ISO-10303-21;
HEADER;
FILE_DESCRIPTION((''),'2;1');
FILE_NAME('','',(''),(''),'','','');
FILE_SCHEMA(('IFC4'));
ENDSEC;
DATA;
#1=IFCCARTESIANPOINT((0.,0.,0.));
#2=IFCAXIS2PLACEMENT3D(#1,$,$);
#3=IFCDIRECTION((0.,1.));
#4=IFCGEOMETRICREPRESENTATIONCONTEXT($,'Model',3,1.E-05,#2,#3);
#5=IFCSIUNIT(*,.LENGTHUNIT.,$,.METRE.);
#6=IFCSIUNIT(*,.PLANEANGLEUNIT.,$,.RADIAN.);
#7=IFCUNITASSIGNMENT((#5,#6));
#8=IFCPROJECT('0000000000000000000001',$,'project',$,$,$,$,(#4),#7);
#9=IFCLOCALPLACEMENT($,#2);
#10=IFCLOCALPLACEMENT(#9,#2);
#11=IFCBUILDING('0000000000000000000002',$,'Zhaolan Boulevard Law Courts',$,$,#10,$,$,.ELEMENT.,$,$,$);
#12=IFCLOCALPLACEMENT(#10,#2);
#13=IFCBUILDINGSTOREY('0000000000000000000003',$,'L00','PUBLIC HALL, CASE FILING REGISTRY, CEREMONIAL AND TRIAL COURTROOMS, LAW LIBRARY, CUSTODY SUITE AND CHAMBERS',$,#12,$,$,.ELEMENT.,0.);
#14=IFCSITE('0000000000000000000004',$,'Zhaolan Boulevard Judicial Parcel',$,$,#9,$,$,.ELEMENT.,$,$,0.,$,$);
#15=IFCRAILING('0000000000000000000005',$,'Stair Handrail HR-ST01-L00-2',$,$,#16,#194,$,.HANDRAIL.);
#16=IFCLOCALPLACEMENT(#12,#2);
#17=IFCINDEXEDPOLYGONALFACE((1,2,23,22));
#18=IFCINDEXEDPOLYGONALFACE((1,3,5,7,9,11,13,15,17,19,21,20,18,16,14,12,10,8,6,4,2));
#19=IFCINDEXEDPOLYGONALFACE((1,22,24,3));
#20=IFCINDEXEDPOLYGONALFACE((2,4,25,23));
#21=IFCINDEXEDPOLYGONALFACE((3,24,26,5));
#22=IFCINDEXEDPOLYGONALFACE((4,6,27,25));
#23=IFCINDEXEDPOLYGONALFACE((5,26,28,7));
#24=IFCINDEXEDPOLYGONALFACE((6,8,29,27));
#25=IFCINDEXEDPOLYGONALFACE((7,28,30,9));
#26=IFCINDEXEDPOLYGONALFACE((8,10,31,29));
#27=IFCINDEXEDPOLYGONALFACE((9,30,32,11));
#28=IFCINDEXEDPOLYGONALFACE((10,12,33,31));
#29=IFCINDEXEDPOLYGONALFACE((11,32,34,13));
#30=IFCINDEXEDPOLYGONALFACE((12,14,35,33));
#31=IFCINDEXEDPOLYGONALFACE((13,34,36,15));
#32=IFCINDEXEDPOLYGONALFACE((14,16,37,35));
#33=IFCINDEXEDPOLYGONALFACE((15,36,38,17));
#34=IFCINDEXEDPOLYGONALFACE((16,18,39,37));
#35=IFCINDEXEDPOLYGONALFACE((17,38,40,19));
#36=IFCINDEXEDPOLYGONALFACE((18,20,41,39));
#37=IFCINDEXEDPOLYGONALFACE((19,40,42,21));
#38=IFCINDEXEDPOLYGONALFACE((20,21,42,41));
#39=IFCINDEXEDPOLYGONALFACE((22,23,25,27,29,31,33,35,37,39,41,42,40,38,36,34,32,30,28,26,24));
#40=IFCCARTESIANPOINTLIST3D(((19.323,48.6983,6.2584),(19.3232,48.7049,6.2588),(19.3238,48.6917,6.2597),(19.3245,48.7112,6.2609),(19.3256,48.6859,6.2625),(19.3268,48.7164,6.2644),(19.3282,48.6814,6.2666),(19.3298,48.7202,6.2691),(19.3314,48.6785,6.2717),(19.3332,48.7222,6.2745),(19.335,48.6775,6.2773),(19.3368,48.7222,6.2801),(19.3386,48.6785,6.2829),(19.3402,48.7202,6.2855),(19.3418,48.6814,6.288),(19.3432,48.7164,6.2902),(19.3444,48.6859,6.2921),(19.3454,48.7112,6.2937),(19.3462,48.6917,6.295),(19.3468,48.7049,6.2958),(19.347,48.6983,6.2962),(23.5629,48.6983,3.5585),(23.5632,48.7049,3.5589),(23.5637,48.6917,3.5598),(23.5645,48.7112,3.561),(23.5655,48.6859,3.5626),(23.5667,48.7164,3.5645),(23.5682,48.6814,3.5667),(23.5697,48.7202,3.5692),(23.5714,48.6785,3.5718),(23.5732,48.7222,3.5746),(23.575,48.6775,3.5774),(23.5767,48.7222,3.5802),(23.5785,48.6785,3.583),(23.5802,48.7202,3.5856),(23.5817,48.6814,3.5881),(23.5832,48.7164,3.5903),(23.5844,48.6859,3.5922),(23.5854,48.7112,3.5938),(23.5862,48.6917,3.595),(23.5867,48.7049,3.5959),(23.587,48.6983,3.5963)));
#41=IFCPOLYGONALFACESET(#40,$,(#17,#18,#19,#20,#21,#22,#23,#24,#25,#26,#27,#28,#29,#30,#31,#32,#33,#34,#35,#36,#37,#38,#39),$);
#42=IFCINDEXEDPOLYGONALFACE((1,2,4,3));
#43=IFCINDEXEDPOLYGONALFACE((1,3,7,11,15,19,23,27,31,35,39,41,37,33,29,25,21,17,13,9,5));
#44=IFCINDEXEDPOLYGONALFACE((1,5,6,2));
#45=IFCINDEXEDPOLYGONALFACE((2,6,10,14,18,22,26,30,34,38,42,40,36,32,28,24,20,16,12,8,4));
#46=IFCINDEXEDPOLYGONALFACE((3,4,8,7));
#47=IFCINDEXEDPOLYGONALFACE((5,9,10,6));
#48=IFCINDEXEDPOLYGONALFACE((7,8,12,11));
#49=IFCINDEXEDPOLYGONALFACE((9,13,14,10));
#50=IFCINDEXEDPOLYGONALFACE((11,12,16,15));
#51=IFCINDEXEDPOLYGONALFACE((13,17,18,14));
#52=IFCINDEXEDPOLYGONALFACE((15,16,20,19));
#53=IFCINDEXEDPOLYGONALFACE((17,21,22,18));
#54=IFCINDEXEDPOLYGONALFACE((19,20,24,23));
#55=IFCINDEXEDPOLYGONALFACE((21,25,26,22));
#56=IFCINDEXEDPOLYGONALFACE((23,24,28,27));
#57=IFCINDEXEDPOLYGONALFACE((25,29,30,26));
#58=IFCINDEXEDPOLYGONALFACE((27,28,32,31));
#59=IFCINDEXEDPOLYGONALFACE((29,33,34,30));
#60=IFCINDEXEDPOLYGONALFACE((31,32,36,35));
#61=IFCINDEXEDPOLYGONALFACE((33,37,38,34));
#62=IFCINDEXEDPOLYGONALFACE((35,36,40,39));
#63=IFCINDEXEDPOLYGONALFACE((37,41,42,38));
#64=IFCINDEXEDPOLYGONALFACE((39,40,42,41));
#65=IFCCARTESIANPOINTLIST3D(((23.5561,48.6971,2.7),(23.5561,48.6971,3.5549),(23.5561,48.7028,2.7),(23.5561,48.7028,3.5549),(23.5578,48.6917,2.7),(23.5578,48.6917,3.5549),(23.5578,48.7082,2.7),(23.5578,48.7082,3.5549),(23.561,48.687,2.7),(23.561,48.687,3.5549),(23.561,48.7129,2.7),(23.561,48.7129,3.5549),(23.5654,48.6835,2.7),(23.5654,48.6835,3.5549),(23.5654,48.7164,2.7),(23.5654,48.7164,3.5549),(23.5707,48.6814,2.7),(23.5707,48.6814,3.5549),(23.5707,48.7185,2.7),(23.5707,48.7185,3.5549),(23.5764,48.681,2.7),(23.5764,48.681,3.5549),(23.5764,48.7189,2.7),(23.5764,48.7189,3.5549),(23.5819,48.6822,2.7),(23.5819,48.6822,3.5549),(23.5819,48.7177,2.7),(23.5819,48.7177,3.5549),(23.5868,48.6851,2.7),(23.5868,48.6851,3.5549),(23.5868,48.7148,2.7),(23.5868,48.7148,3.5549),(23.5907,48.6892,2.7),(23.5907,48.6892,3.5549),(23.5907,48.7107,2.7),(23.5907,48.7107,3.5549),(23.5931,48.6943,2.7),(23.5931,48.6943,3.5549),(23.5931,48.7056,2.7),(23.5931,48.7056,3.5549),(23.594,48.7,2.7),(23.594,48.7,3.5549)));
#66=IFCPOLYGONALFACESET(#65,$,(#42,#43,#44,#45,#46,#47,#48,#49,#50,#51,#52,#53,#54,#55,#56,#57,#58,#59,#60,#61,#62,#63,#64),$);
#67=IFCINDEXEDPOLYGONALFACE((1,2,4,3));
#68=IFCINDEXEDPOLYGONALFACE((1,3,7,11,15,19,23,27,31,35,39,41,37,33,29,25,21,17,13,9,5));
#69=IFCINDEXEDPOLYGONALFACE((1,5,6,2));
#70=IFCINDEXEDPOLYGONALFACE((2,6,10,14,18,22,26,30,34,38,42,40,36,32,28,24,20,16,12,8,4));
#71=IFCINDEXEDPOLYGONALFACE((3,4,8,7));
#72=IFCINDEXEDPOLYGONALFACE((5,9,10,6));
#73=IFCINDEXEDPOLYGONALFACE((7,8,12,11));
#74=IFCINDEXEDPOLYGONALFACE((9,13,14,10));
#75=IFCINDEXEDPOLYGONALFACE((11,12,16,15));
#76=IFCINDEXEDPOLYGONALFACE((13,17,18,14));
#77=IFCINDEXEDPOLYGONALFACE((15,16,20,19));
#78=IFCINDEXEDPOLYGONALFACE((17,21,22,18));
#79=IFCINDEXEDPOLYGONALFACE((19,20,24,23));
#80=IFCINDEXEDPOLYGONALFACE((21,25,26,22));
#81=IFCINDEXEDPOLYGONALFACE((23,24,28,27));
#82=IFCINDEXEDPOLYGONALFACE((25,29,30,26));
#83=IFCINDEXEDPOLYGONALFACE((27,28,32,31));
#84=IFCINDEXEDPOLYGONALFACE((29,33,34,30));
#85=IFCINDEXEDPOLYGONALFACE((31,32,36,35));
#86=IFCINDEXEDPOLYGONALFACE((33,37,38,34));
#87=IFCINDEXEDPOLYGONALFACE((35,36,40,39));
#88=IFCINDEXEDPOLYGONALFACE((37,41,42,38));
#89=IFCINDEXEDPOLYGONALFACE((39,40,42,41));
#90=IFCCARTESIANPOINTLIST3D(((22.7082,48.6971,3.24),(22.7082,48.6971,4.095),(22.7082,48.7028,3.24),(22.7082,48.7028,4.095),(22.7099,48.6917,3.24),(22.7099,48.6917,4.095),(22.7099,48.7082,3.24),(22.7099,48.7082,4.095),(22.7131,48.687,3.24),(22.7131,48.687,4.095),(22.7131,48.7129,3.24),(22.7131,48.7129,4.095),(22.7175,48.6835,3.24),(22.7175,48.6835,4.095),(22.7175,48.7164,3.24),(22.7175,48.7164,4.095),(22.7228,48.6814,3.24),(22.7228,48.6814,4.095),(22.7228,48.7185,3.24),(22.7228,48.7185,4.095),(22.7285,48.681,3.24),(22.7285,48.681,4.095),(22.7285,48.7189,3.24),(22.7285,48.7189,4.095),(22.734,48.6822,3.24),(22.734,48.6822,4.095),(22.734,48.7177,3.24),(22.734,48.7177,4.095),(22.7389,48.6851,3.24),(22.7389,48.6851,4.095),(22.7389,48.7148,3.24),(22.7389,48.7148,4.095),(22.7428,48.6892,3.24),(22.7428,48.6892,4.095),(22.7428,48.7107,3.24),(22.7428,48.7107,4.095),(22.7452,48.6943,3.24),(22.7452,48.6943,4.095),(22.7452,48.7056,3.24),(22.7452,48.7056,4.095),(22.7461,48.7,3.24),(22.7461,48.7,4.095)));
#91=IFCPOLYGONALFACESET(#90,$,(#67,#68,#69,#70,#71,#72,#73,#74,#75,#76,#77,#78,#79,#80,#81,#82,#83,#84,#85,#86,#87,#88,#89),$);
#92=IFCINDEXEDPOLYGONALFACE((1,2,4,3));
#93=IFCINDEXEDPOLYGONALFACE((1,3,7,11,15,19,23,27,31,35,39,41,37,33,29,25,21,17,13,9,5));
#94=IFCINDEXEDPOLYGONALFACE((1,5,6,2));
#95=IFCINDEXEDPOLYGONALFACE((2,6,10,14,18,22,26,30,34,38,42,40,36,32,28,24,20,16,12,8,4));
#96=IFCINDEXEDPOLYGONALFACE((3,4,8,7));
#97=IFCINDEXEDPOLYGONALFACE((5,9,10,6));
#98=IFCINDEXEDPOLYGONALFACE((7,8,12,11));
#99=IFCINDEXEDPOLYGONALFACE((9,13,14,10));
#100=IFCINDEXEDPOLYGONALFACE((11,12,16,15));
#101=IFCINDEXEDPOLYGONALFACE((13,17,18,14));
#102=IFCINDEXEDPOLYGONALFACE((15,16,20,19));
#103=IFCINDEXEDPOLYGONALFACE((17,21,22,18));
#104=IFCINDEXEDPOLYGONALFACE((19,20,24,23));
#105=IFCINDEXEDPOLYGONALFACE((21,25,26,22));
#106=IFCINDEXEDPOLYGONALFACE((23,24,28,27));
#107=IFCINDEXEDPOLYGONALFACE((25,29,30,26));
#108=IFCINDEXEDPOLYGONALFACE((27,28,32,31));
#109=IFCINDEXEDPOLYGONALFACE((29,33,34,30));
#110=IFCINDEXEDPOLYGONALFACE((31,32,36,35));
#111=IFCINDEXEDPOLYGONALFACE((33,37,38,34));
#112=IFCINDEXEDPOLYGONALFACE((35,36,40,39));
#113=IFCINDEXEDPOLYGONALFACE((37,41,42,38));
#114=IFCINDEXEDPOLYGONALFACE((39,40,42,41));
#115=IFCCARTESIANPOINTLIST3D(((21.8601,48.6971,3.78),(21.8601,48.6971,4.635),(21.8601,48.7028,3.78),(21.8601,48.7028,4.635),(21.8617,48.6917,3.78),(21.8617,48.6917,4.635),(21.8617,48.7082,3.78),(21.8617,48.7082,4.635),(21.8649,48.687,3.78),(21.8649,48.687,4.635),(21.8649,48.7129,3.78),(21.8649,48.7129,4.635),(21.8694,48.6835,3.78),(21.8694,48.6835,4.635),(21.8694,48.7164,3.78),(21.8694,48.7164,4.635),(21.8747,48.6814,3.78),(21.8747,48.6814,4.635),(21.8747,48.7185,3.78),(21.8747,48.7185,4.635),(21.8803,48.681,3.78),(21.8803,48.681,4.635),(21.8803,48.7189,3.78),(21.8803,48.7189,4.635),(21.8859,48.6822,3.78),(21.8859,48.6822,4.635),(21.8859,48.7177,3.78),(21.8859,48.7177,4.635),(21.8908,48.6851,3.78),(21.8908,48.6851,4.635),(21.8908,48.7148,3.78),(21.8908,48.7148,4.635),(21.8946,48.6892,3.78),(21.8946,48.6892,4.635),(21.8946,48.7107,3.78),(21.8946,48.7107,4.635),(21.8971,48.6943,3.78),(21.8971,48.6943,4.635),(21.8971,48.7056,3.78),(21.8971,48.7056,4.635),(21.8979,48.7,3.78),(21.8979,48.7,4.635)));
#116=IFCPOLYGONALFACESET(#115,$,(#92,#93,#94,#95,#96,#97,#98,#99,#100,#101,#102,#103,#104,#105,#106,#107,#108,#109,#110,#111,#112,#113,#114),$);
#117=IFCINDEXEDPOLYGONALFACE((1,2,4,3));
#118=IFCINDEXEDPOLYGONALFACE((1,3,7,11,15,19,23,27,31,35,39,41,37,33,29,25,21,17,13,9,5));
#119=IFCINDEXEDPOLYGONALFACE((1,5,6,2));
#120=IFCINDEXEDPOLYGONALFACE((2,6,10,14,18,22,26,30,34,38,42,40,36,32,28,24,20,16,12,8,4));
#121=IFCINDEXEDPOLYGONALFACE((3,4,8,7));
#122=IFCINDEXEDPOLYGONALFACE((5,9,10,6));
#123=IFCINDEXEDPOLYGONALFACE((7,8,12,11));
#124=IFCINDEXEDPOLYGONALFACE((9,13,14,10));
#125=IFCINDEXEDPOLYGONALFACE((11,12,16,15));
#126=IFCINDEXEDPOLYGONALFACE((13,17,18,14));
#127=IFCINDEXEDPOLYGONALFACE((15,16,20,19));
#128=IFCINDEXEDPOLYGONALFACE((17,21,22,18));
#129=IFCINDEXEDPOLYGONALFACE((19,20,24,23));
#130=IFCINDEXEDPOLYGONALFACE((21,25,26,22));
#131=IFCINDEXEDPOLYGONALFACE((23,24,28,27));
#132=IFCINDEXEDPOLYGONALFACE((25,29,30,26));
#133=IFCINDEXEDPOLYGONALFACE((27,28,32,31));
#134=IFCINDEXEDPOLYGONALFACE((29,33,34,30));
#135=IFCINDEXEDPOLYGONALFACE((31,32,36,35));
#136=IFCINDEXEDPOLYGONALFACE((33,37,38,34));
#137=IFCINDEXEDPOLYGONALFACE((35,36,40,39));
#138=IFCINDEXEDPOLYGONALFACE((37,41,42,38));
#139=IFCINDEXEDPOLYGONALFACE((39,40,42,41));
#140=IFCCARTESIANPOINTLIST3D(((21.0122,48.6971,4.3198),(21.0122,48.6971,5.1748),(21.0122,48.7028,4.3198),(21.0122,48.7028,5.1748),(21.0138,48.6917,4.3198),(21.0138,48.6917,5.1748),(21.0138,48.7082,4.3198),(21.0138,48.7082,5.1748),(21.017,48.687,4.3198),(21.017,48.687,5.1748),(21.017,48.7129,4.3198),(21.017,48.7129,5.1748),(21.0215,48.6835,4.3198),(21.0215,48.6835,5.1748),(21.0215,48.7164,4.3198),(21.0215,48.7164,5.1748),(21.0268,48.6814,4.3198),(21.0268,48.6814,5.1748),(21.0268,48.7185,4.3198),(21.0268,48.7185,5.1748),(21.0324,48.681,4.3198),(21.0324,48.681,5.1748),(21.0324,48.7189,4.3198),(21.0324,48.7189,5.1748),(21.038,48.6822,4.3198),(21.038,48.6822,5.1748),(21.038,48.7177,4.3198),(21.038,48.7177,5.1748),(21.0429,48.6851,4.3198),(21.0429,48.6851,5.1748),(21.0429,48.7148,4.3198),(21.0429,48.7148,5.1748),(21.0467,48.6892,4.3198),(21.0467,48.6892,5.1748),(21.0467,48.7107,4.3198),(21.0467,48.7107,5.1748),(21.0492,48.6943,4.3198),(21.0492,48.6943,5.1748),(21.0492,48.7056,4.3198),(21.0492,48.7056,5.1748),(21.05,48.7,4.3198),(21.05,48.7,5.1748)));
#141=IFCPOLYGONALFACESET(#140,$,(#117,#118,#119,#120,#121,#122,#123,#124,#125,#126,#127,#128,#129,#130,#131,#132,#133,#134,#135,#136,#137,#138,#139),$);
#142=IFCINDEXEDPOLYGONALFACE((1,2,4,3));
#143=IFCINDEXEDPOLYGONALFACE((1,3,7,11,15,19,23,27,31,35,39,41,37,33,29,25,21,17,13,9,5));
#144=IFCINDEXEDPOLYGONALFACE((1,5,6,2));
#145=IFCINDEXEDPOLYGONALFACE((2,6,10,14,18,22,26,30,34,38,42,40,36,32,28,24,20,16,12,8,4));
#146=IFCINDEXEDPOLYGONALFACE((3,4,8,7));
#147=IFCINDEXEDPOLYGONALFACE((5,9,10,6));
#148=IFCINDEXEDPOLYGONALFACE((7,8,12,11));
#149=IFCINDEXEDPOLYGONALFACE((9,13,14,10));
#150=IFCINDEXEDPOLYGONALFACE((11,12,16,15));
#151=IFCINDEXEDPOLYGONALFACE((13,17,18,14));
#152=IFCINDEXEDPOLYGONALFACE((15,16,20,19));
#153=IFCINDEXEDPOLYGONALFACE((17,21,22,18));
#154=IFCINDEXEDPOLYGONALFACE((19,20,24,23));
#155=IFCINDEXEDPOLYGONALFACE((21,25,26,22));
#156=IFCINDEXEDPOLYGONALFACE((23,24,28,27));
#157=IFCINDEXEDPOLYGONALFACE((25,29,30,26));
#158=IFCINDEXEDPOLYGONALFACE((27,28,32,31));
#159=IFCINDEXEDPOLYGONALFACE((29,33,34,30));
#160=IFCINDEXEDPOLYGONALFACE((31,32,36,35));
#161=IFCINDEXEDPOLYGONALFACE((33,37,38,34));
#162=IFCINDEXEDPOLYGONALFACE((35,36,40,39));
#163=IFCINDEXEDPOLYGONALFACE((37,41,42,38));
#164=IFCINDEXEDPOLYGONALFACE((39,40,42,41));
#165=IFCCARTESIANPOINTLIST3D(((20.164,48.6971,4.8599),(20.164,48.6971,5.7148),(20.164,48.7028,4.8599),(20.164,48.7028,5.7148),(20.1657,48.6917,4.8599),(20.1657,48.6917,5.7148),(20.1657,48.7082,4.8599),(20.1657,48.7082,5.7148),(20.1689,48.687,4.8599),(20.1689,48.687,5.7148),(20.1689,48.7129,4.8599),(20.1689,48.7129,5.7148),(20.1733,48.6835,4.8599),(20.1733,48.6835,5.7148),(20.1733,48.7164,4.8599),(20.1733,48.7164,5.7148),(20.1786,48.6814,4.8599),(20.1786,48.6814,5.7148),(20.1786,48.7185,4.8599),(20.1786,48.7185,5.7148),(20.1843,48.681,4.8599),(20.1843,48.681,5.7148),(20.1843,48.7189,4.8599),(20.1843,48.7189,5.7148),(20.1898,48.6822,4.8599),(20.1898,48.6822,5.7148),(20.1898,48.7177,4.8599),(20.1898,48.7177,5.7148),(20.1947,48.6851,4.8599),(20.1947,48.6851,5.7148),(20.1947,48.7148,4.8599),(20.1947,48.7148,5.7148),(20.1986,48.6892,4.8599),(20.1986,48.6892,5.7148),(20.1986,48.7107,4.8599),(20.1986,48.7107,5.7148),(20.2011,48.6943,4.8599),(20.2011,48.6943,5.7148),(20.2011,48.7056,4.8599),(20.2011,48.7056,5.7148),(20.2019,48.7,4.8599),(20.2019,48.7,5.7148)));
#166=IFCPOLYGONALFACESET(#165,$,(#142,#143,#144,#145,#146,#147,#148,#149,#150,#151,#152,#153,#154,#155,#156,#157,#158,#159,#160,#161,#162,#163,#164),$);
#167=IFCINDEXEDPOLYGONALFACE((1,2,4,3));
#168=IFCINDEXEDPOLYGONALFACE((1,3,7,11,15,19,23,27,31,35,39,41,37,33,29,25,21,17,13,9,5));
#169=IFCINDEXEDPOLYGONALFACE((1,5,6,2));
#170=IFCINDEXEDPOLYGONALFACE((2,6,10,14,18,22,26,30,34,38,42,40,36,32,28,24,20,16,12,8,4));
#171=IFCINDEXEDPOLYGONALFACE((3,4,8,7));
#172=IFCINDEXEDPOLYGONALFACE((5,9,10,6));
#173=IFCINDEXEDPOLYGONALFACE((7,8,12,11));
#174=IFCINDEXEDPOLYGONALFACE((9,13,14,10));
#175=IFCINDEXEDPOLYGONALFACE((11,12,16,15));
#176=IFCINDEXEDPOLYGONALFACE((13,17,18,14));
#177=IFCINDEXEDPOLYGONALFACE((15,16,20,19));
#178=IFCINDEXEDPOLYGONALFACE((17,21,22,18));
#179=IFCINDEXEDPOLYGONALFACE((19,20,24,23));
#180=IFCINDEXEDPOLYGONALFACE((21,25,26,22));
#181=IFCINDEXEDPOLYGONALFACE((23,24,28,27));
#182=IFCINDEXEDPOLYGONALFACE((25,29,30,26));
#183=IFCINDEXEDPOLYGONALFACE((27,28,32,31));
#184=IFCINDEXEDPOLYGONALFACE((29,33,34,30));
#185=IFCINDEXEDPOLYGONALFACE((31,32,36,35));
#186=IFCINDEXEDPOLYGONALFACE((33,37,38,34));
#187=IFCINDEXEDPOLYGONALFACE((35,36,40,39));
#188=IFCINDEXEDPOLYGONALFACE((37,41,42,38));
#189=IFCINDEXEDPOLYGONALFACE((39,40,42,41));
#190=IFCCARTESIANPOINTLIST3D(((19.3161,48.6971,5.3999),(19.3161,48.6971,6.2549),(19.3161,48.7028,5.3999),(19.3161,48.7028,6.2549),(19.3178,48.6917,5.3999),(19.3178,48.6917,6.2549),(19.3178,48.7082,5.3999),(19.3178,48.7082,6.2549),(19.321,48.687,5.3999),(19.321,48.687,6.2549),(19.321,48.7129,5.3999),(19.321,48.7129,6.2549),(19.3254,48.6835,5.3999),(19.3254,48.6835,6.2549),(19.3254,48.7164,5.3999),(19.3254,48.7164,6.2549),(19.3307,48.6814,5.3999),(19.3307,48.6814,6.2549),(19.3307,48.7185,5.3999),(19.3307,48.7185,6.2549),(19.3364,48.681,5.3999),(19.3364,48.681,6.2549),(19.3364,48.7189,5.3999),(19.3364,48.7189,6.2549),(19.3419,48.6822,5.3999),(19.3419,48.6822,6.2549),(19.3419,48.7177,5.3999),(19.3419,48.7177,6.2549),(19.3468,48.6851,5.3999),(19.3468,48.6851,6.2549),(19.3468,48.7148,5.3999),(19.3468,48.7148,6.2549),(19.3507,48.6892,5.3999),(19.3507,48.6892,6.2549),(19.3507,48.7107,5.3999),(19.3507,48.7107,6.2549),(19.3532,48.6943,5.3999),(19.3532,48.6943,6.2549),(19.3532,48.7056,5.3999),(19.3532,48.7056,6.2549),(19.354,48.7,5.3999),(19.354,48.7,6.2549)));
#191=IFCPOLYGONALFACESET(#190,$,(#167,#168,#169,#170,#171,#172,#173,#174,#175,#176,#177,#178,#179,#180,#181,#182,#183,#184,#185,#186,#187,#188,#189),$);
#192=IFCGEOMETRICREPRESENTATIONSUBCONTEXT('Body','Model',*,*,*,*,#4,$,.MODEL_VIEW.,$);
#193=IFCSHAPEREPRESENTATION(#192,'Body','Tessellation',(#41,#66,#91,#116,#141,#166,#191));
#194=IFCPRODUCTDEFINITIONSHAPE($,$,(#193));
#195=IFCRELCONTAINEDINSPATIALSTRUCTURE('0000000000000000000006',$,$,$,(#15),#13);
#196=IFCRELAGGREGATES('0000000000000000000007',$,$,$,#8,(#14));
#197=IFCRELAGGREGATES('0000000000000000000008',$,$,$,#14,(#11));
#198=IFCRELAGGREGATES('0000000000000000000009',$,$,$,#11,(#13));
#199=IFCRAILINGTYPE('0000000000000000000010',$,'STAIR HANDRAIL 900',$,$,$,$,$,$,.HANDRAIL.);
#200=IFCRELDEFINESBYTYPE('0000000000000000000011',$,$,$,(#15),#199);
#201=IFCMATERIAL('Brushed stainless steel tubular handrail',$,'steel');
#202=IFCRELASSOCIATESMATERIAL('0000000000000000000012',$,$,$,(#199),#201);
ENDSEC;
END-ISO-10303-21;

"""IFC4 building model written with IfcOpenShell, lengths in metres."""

from ifc_helpers import new_model, si_unit, direction, frame, origin, origin_2d, place, context, subcontext, project, spatial, circle, extrude, material, type_object, element, save


model = new_model("IFC4")

# Units and contexts
model_context = context("Model", 3, precision=1e-05, world=origin(), true_north=direction((0.0, 1.0)))
body_context = subcontext(model_context, "Body", "Model", "MODEL_VIEW")
ifc_project = project(units=[si_unit("LENGTHUNIT", "METRE"), si_unit("PLANEANGLEUNIT", "RADIAN")], contexts=[model_context])

# Site, building, storey
site_placement = place(None, origin())
site = spatial("IfcSite", under=ifc_project, at=site_placement, Name="Zhaolan Boulevard Judicial Parcel", CompositionType="ELEMENT", RefElevation=0.0)
building_placement = place(site_placement, origin())
building = spatial("IfcBuilding", under=site, at=building_placement, Name="Zhaolan Boulevard Law Courts", CompositionType="ELEMENT")
storey_placement = place(building_placement, origin())
storey = spatial("IfcBuildingStorey", under=building, at=storey_placement, Name="L00", Description="PUBLIC HALL, CASE FILING REGISTRY, CEREMONIAL AND TRIAL COURTROOMS, LAW LIBRARY, CUSTODY SUITE AND CHAMBERS", CompositionType="ELEMENT", Elevation=0.0)

# Railing
ifc_material_1 = material(Name="Brushed stainless steel tubular handrail", Category="steel")
railing_type_1 = type_object("IfcRailingType", Name="STAIR HANDRAIL 900", PredefinedType="HANDRAIL", material=ifc_material_1)
railing_1_placement = place(storey_placement, frame((23.575, 48.7, 2.7)))
element("IfcRailing", 1, at=railing_1_placement, inside=storey, type_object=railing_type_1, Name="Stair Handrail HR-ST01-L00-2", PredefinedType="HANDRAIL", context=body_context, shape_type="SweptSolid", body=[
    extrude(circle(Radius=0.0225, at=origin_2d()), frame((0.0, 0.0, 0.8774), z_axis=(-0.843501, 0.0, 0.537127), x_axis=(0.0, -1.0, 0.0)), (0.0, 0.0, 1.0), 5.0266),
    extrude(circle(Radius=0.019, at=origin_2d()), origin(), (0.0, 0.0, 1.0), 0.855),
    extrude(circle(Radius=0.019, at=origin_2d()), frame((-0.8479, 0.0, 0.54)), (0.0, 0.0, 1.0), 0.855),
    extrude(circle(Radius=0.019, at=origin_2d()), frame((-1.696, 0.0, 1.0801)), (0.0, 0.0, 1.0), 0.855),
    extrude(circle(Radius=0.019, at=origin_2d()), frame((-2.5439, 0.0, 1.6199)), (0.0, 0.0, 1.0), 0.855),
    extrude(circle(Radius=0.019, at=origin_2d()), frame((-3.3921, 0.0, 2.1599)), (0.0, 0.0, 1.0), 0.855),
    extrude(circle(Radius=0.019, at=origin_2d()), frame((-4.24, 0.0, 2.7)), (0.0, 0.0, 1.0), 0.855),
])

save(model, "model.ifc")
